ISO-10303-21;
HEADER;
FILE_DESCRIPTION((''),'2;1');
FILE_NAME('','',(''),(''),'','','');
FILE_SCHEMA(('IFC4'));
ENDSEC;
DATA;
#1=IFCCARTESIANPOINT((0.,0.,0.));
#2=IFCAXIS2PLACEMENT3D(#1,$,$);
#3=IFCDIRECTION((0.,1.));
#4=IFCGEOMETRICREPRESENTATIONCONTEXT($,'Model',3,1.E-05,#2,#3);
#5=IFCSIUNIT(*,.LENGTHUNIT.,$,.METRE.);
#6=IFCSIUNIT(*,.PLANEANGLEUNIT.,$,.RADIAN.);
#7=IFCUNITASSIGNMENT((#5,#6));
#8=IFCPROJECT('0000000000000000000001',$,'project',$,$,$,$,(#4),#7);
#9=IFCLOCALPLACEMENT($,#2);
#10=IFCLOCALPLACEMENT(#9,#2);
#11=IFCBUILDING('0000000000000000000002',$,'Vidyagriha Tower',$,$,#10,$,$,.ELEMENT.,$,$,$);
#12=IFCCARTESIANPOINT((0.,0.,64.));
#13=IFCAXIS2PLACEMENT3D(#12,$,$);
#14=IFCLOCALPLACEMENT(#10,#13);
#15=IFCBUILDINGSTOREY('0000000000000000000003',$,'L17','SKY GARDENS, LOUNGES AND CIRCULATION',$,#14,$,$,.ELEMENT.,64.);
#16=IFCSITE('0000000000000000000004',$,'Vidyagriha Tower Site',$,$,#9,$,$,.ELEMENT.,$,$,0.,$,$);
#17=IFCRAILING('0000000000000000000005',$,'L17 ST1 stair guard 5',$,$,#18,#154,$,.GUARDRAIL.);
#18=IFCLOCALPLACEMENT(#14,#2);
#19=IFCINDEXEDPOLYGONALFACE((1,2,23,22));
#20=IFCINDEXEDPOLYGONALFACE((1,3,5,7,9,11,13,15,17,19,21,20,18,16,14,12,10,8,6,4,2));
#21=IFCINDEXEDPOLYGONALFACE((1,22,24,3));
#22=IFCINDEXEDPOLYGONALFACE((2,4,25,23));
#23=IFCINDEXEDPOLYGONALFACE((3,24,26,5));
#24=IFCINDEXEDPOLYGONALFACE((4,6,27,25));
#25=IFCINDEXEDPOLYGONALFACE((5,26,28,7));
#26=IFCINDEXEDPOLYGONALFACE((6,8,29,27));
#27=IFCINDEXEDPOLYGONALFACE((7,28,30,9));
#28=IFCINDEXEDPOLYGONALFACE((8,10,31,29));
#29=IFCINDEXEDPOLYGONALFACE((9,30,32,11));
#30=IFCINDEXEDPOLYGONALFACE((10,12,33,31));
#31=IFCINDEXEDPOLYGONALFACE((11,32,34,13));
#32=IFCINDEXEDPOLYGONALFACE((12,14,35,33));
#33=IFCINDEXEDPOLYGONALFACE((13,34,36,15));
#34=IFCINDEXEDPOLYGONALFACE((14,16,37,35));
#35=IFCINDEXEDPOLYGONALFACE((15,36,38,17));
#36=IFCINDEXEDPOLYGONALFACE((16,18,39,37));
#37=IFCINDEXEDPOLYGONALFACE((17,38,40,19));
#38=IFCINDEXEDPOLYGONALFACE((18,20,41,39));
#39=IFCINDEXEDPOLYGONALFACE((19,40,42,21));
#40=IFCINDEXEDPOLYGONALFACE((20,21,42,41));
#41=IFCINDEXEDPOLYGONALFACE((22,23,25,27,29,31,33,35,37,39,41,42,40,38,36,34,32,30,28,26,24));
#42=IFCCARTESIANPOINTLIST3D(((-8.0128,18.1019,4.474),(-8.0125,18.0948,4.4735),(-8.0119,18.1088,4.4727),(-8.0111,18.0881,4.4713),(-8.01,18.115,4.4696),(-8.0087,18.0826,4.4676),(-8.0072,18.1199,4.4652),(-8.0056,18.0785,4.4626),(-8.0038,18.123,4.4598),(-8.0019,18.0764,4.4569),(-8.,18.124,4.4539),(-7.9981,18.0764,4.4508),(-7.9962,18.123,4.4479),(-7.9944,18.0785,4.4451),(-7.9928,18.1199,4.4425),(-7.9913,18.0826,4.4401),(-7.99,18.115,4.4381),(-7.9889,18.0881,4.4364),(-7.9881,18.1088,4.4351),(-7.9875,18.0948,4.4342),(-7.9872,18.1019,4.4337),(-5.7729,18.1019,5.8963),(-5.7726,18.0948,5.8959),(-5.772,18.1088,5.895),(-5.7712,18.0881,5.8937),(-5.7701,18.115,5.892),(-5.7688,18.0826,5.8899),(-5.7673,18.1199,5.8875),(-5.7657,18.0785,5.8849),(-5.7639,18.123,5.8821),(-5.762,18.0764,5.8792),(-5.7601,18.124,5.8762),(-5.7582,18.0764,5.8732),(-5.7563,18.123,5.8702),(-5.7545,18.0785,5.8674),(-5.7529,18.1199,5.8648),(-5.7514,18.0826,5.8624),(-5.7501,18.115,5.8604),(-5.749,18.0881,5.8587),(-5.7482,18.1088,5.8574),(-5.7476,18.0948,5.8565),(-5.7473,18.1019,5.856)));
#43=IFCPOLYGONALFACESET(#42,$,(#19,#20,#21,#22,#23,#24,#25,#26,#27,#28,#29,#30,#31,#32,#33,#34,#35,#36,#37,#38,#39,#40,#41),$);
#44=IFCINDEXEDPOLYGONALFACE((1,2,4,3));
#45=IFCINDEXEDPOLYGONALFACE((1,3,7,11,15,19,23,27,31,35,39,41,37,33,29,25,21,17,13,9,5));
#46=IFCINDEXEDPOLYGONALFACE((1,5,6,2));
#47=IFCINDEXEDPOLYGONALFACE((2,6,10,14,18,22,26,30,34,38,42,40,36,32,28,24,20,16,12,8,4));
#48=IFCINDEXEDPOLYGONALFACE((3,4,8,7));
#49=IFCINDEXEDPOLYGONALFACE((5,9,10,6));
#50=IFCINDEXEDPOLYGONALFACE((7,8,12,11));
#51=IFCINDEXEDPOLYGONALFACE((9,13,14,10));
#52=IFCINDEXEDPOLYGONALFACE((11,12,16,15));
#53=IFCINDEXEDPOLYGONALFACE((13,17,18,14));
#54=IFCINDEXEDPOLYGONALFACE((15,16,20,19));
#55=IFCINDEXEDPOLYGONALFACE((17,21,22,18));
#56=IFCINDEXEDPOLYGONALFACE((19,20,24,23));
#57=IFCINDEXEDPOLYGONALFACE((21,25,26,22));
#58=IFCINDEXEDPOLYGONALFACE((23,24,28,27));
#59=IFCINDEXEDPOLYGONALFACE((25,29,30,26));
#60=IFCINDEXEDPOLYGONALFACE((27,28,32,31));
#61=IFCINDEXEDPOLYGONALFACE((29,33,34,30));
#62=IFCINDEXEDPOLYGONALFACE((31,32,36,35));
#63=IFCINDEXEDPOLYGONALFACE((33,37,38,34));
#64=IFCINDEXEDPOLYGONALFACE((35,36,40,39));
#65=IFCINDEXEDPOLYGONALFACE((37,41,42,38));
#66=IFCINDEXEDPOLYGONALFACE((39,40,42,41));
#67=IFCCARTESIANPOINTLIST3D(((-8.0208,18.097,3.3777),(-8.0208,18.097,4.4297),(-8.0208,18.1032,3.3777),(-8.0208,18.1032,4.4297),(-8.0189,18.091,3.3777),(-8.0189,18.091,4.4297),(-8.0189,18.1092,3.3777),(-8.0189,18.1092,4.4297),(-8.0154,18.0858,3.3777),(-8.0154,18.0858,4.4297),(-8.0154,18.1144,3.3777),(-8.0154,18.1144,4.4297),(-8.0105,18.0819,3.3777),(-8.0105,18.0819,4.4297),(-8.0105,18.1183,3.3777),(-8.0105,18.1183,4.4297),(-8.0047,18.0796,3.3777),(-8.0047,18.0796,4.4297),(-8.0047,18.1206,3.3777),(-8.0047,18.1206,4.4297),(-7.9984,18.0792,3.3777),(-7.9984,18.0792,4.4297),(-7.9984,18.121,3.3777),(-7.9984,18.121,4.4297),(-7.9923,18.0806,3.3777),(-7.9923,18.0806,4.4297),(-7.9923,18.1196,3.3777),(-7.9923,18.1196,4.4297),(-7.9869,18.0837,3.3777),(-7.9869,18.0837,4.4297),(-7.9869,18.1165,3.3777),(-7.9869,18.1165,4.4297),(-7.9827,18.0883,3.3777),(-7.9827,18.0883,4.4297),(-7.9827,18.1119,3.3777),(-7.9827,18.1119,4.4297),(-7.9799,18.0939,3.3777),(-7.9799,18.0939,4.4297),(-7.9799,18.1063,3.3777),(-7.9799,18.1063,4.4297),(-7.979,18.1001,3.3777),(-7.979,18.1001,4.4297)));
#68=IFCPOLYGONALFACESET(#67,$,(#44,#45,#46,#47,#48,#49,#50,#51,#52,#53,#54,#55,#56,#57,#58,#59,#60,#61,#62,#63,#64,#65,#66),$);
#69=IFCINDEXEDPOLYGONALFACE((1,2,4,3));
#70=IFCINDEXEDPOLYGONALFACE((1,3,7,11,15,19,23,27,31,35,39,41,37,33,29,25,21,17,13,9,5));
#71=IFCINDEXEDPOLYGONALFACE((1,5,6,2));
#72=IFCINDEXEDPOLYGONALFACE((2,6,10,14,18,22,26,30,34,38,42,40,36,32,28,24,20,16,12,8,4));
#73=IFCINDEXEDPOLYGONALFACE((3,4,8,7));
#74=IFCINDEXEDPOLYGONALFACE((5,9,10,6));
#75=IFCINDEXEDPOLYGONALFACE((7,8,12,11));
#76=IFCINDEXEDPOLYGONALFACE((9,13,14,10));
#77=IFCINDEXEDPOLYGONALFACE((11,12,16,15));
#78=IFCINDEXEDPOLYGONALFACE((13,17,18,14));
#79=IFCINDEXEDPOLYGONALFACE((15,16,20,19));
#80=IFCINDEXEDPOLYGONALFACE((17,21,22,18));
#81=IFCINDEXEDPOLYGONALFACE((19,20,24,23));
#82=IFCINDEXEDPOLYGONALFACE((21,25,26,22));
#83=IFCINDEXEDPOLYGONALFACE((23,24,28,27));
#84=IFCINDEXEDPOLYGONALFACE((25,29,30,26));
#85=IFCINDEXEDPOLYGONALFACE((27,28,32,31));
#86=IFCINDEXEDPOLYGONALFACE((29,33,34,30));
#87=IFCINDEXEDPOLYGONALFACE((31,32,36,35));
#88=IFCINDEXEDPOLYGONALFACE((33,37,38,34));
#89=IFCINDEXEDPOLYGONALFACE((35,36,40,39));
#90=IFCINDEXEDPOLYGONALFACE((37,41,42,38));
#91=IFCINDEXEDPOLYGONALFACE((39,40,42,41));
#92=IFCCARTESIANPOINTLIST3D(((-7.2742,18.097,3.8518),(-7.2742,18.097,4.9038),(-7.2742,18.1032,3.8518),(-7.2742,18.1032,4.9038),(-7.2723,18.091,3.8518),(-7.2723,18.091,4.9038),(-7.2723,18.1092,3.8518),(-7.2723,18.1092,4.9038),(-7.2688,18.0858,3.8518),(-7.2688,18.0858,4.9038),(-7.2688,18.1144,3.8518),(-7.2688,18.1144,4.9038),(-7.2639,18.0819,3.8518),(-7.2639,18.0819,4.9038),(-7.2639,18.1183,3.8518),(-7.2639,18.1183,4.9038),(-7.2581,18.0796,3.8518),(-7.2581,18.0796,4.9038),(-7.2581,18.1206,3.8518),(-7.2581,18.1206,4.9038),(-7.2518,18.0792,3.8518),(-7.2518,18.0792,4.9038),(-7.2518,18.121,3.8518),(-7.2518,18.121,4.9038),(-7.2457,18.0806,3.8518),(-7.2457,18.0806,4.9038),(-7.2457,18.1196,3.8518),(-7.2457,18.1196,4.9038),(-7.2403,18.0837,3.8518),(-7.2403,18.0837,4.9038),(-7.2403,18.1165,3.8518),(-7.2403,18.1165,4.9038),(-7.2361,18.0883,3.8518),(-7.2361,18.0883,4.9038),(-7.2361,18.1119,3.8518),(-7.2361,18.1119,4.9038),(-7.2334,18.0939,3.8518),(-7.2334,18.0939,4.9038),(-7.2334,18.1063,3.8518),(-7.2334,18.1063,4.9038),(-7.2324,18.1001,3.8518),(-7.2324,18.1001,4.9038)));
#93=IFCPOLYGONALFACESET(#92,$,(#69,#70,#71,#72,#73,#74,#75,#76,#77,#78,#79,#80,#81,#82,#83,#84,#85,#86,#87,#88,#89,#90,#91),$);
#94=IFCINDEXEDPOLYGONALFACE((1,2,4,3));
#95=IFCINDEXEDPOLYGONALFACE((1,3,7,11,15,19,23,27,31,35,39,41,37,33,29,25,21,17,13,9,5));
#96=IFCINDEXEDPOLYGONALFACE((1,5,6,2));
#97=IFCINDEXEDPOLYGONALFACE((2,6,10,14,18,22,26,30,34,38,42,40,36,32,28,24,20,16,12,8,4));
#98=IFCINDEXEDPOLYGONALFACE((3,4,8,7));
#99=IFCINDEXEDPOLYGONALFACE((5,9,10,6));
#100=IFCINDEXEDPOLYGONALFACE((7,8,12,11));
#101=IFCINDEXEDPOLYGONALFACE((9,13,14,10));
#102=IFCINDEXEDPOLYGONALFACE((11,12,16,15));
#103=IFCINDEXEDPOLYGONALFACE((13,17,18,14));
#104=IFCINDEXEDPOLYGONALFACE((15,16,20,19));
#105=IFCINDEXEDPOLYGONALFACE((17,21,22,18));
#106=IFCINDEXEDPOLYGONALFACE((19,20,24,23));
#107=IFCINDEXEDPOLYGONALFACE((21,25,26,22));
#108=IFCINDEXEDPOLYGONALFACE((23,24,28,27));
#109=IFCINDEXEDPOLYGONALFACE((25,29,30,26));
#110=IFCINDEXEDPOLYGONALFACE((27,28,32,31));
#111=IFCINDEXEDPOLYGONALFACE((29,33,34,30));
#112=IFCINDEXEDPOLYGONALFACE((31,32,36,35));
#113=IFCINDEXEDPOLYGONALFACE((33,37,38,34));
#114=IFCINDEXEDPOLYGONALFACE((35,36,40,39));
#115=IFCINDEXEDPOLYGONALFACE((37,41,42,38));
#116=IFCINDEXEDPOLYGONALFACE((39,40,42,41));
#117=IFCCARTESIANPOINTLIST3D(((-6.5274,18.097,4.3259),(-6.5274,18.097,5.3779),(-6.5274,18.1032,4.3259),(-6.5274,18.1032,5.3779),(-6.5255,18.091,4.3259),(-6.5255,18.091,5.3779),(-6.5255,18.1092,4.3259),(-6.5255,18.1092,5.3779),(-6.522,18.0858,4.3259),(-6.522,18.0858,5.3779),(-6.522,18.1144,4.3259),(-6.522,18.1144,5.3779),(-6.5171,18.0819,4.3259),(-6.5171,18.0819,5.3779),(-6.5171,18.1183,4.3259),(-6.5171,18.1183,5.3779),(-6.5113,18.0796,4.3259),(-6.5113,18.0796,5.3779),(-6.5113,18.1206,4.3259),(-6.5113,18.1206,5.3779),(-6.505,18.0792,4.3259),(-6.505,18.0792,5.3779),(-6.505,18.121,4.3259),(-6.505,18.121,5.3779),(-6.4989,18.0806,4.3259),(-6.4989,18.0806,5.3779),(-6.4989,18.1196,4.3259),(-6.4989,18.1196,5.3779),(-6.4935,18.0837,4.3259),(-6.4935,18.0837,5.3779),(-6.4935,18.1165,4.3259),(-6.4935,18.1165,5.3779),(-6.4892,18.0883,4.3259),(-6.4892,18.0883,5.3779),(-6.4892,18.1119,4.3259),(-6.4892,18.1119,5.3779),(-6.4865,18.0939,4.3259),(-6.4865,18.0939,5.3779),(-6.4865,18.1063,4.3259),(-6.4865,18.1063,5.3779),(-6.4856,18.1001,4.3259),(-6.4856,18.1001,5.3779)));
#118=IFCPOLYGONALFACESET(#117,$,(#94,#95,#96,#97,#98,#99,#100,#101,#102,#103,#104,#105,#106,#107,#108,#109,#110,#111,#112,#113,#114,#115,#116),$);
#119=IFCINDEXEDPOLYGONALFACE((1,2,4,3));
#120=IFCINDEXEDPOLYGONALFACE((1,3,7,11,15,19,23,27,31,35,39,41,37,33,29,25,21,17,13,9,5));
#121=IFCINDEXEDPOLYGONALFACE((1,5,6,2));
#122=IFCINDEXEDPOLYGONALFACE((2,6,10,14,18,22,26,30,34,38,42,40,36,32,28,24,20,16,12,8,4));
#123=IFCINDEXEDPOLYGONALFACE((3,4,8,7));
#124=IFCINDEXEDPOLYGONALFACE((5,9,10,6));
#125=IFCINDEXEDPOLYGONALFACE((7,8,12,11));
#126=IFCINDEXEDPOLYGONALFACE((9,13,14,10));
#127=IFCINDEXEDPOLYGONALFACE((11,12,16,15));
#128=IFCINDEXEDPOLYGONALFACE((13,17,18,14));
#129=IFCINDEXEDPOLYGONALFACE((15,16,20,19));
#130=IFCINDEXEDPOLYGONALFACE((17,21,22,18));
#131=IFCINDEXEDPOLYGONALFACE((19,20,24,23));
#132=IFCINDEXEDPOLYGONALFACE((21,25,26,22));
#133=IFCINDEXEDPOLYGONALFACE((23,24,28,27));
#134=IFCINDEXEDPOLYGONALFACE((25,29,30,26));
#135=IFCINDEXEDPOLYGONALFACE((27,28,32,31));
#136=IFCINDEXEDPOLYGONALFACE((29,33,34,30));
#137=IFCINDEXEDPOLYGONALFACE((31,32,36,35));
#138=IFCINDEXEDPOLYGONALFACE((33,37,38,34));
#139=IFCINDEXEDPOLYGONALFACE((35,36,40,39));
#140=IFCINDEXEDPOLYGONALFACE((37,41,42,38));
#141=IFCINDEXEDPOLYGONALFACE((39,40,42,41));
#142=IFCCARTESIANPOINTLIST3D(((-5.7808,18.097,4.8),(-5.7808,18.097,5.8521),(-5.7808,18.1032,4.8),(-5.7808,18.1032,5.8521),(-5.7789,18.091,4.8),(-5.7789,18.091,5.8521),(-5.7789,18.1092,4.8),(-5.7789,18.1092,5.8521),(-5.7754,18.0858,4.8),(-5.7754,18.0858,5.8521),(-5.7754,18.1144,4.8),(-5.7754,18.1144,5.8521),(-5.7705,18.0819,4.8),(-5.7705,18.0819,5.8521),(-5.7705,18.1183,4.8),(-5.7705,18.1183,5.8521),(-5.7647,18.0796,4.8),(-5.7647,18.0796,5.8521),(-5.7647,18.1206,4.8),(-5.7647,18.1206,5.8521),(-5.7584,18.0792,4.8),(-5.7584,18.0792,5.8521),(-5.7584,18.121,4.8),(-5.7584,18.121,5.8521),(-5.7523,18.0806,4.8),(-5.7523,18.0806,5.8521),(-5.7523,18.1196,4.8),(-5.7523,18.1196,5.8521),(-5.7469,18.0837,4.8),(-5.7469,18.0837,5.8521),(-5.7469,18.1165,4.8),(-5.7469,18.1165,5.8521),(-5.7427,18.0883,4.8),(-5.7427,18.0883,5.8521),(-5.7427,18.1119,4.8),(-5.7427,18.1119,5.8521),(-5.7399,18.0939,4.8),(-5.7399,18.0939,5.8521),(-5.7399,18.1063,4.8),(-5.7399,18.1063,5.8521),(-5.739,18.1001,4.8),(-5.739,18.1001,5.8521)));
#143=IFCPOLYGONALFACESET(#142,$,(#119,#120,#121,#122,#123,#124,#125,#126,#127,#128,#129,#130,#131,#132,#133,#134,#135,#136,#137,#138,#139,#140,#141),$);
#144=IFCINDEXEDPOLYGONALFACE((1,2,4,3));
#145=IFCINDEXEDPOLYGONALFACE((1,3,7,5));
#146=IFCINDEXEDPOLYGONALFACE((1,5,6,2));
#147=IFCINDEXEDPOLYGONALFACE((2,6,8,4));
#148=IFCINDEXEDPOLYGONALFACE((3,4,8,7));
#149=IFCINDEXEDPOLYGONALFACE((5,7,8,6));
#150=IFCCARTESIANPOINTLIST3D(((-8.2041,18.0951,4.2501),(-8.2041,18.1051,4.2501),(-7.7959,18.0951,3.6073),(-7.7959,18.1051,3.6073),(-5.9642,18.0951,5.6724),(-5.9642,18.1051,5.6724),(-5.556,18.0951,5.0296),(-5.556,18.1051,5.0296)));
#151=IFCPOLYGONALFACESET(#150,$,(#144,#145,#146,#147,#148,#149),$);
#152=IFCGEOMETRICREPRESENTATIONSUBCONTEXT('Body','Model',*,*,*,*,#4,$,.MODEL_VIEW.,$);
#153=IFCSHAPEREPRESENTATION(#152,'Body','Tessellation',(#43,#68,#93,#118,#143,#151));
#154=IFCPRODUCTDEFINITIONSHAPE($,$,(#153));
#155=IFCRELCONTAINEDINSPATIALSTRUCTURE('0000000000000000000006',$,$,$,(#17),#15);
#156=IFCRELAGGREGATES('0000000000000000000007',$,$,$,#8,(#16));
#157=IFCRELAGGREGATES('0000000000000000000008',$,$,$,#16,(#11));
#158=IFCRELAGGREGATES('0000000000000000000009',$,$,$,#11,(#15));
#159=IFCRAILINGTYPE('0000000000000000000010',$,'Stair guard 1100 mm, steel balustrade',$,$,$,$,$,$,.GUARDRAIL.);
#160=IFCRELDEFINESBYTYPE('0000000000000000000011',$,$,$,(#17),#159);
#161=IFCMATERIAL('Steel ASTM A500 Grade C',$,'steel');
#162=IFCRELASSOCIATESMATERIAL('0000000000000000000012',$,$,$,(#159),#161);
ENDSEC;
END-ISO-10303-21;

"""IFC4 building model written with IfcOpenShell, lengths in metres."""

from ifc_helpers import new_model, si_unit, direction, frame, origin, origin_2d, place, context, subcontext, project, spatial, rectangle, circle, extrude, material, type_object, element, save


model = new_model("IFC4")

# Units and contexts
model_context = context("Model", 3, precision=1e-05, world=origin(), true_north=direction((0.0, 1.0)))
body_context = subcontext(model_context, "Body", "Model", "MODEL_VIEW")
ifc_project = project(units=[si_unit("LENGTHUNIT", "METRE"), si_unit("PLANEANGLEUNIT", "RADIAN")], contexts=[model_context])

# Site, building, storey
site_placement = place(None, origin())
site = spatial("IfcSite", under=ifc_project, at=site_placement, Name="Vidyagriha Tower Site", CompositionType="ELEMENT", RefElevation=0.0)
building_placement = place(site_placement, origin())
building = spatial("IfcBuilding", under=site, at=building_placement, Name="Vidyagriha Tower", CompositionType="ELEMENT")
storey_placement = place(building_placement, frame((0.0, 0.0, 64.0)))
storey = spatial("IfcBuildingStorey", under=building, at=storey_placement, Name="L17", Description="SKY GARDENS, LOUNGES AND CIRCULATION", CompositionType="ELEMENT", Elevation=64.0)

# Railing
ifc_material_1 = material(Name="Steel ASTM A500 Grade C", Category="steel")
railing_type_1 = type_object("IfcRailingType", Name="Stair guard 1100 mm, steel balustrade", PredefinedType="GUARDRAIL", material=ifc_material_1)
railing_1_placement = place(storey_placement, frame((-8.0, 18.1001, 3.3777)))
element("IfcRailing", 1, at=railing_1_placement, inside=storey, type_object=railing_type_1, Name="L17 ST1 stair guard 5", PredefinedType="GUARDRAIL", context=body_context, shape_type="SweptSolid", body=[
    extrude(circle(Radius=0.0239, at=origin_2d()), frame((0.0, 0.0, 1.0762), z_axis=(0.844188, 0.0, 0.536048), x_axis=(0.0, 1.0, 0.0)), (0.0, 0.0, 1.0), 2.6533),
    extrude(circle(Radius=0.021, at=origin_2d()), origin(), (0.0, 0.0, 1.0), 1.052),
    extrude(circle(Radius=0.021, at=origin_2d()), frame((0.7466, 0.0, 0.4741)), (0.0, 0.0, 1.0), 1.052),
    extrude(circle(Radius=0.021, at=origin_2d()), frame((1.4934, 0.0, 0.9482)), (0.0, 0.0, 1.0), 1.052),
    extrude(circle(Radius=0.021, at=origin_2d()), frame((2.24, 0.0, 1.4224)), (0.0, 0.0, 1.0), 1.052),
    extrude(rectangle(XDim=0.01, YDim=0.7615, at=origin_2d()), frame((0.0, 0.0, 0.551), z_axis=(0.844188, 0.0, 0.536048), x_axis=(0.0, 1.0, 0.0)), (0.0, 0.0, 1.0), 2.6533),
])

save(model, "model.ifc")
